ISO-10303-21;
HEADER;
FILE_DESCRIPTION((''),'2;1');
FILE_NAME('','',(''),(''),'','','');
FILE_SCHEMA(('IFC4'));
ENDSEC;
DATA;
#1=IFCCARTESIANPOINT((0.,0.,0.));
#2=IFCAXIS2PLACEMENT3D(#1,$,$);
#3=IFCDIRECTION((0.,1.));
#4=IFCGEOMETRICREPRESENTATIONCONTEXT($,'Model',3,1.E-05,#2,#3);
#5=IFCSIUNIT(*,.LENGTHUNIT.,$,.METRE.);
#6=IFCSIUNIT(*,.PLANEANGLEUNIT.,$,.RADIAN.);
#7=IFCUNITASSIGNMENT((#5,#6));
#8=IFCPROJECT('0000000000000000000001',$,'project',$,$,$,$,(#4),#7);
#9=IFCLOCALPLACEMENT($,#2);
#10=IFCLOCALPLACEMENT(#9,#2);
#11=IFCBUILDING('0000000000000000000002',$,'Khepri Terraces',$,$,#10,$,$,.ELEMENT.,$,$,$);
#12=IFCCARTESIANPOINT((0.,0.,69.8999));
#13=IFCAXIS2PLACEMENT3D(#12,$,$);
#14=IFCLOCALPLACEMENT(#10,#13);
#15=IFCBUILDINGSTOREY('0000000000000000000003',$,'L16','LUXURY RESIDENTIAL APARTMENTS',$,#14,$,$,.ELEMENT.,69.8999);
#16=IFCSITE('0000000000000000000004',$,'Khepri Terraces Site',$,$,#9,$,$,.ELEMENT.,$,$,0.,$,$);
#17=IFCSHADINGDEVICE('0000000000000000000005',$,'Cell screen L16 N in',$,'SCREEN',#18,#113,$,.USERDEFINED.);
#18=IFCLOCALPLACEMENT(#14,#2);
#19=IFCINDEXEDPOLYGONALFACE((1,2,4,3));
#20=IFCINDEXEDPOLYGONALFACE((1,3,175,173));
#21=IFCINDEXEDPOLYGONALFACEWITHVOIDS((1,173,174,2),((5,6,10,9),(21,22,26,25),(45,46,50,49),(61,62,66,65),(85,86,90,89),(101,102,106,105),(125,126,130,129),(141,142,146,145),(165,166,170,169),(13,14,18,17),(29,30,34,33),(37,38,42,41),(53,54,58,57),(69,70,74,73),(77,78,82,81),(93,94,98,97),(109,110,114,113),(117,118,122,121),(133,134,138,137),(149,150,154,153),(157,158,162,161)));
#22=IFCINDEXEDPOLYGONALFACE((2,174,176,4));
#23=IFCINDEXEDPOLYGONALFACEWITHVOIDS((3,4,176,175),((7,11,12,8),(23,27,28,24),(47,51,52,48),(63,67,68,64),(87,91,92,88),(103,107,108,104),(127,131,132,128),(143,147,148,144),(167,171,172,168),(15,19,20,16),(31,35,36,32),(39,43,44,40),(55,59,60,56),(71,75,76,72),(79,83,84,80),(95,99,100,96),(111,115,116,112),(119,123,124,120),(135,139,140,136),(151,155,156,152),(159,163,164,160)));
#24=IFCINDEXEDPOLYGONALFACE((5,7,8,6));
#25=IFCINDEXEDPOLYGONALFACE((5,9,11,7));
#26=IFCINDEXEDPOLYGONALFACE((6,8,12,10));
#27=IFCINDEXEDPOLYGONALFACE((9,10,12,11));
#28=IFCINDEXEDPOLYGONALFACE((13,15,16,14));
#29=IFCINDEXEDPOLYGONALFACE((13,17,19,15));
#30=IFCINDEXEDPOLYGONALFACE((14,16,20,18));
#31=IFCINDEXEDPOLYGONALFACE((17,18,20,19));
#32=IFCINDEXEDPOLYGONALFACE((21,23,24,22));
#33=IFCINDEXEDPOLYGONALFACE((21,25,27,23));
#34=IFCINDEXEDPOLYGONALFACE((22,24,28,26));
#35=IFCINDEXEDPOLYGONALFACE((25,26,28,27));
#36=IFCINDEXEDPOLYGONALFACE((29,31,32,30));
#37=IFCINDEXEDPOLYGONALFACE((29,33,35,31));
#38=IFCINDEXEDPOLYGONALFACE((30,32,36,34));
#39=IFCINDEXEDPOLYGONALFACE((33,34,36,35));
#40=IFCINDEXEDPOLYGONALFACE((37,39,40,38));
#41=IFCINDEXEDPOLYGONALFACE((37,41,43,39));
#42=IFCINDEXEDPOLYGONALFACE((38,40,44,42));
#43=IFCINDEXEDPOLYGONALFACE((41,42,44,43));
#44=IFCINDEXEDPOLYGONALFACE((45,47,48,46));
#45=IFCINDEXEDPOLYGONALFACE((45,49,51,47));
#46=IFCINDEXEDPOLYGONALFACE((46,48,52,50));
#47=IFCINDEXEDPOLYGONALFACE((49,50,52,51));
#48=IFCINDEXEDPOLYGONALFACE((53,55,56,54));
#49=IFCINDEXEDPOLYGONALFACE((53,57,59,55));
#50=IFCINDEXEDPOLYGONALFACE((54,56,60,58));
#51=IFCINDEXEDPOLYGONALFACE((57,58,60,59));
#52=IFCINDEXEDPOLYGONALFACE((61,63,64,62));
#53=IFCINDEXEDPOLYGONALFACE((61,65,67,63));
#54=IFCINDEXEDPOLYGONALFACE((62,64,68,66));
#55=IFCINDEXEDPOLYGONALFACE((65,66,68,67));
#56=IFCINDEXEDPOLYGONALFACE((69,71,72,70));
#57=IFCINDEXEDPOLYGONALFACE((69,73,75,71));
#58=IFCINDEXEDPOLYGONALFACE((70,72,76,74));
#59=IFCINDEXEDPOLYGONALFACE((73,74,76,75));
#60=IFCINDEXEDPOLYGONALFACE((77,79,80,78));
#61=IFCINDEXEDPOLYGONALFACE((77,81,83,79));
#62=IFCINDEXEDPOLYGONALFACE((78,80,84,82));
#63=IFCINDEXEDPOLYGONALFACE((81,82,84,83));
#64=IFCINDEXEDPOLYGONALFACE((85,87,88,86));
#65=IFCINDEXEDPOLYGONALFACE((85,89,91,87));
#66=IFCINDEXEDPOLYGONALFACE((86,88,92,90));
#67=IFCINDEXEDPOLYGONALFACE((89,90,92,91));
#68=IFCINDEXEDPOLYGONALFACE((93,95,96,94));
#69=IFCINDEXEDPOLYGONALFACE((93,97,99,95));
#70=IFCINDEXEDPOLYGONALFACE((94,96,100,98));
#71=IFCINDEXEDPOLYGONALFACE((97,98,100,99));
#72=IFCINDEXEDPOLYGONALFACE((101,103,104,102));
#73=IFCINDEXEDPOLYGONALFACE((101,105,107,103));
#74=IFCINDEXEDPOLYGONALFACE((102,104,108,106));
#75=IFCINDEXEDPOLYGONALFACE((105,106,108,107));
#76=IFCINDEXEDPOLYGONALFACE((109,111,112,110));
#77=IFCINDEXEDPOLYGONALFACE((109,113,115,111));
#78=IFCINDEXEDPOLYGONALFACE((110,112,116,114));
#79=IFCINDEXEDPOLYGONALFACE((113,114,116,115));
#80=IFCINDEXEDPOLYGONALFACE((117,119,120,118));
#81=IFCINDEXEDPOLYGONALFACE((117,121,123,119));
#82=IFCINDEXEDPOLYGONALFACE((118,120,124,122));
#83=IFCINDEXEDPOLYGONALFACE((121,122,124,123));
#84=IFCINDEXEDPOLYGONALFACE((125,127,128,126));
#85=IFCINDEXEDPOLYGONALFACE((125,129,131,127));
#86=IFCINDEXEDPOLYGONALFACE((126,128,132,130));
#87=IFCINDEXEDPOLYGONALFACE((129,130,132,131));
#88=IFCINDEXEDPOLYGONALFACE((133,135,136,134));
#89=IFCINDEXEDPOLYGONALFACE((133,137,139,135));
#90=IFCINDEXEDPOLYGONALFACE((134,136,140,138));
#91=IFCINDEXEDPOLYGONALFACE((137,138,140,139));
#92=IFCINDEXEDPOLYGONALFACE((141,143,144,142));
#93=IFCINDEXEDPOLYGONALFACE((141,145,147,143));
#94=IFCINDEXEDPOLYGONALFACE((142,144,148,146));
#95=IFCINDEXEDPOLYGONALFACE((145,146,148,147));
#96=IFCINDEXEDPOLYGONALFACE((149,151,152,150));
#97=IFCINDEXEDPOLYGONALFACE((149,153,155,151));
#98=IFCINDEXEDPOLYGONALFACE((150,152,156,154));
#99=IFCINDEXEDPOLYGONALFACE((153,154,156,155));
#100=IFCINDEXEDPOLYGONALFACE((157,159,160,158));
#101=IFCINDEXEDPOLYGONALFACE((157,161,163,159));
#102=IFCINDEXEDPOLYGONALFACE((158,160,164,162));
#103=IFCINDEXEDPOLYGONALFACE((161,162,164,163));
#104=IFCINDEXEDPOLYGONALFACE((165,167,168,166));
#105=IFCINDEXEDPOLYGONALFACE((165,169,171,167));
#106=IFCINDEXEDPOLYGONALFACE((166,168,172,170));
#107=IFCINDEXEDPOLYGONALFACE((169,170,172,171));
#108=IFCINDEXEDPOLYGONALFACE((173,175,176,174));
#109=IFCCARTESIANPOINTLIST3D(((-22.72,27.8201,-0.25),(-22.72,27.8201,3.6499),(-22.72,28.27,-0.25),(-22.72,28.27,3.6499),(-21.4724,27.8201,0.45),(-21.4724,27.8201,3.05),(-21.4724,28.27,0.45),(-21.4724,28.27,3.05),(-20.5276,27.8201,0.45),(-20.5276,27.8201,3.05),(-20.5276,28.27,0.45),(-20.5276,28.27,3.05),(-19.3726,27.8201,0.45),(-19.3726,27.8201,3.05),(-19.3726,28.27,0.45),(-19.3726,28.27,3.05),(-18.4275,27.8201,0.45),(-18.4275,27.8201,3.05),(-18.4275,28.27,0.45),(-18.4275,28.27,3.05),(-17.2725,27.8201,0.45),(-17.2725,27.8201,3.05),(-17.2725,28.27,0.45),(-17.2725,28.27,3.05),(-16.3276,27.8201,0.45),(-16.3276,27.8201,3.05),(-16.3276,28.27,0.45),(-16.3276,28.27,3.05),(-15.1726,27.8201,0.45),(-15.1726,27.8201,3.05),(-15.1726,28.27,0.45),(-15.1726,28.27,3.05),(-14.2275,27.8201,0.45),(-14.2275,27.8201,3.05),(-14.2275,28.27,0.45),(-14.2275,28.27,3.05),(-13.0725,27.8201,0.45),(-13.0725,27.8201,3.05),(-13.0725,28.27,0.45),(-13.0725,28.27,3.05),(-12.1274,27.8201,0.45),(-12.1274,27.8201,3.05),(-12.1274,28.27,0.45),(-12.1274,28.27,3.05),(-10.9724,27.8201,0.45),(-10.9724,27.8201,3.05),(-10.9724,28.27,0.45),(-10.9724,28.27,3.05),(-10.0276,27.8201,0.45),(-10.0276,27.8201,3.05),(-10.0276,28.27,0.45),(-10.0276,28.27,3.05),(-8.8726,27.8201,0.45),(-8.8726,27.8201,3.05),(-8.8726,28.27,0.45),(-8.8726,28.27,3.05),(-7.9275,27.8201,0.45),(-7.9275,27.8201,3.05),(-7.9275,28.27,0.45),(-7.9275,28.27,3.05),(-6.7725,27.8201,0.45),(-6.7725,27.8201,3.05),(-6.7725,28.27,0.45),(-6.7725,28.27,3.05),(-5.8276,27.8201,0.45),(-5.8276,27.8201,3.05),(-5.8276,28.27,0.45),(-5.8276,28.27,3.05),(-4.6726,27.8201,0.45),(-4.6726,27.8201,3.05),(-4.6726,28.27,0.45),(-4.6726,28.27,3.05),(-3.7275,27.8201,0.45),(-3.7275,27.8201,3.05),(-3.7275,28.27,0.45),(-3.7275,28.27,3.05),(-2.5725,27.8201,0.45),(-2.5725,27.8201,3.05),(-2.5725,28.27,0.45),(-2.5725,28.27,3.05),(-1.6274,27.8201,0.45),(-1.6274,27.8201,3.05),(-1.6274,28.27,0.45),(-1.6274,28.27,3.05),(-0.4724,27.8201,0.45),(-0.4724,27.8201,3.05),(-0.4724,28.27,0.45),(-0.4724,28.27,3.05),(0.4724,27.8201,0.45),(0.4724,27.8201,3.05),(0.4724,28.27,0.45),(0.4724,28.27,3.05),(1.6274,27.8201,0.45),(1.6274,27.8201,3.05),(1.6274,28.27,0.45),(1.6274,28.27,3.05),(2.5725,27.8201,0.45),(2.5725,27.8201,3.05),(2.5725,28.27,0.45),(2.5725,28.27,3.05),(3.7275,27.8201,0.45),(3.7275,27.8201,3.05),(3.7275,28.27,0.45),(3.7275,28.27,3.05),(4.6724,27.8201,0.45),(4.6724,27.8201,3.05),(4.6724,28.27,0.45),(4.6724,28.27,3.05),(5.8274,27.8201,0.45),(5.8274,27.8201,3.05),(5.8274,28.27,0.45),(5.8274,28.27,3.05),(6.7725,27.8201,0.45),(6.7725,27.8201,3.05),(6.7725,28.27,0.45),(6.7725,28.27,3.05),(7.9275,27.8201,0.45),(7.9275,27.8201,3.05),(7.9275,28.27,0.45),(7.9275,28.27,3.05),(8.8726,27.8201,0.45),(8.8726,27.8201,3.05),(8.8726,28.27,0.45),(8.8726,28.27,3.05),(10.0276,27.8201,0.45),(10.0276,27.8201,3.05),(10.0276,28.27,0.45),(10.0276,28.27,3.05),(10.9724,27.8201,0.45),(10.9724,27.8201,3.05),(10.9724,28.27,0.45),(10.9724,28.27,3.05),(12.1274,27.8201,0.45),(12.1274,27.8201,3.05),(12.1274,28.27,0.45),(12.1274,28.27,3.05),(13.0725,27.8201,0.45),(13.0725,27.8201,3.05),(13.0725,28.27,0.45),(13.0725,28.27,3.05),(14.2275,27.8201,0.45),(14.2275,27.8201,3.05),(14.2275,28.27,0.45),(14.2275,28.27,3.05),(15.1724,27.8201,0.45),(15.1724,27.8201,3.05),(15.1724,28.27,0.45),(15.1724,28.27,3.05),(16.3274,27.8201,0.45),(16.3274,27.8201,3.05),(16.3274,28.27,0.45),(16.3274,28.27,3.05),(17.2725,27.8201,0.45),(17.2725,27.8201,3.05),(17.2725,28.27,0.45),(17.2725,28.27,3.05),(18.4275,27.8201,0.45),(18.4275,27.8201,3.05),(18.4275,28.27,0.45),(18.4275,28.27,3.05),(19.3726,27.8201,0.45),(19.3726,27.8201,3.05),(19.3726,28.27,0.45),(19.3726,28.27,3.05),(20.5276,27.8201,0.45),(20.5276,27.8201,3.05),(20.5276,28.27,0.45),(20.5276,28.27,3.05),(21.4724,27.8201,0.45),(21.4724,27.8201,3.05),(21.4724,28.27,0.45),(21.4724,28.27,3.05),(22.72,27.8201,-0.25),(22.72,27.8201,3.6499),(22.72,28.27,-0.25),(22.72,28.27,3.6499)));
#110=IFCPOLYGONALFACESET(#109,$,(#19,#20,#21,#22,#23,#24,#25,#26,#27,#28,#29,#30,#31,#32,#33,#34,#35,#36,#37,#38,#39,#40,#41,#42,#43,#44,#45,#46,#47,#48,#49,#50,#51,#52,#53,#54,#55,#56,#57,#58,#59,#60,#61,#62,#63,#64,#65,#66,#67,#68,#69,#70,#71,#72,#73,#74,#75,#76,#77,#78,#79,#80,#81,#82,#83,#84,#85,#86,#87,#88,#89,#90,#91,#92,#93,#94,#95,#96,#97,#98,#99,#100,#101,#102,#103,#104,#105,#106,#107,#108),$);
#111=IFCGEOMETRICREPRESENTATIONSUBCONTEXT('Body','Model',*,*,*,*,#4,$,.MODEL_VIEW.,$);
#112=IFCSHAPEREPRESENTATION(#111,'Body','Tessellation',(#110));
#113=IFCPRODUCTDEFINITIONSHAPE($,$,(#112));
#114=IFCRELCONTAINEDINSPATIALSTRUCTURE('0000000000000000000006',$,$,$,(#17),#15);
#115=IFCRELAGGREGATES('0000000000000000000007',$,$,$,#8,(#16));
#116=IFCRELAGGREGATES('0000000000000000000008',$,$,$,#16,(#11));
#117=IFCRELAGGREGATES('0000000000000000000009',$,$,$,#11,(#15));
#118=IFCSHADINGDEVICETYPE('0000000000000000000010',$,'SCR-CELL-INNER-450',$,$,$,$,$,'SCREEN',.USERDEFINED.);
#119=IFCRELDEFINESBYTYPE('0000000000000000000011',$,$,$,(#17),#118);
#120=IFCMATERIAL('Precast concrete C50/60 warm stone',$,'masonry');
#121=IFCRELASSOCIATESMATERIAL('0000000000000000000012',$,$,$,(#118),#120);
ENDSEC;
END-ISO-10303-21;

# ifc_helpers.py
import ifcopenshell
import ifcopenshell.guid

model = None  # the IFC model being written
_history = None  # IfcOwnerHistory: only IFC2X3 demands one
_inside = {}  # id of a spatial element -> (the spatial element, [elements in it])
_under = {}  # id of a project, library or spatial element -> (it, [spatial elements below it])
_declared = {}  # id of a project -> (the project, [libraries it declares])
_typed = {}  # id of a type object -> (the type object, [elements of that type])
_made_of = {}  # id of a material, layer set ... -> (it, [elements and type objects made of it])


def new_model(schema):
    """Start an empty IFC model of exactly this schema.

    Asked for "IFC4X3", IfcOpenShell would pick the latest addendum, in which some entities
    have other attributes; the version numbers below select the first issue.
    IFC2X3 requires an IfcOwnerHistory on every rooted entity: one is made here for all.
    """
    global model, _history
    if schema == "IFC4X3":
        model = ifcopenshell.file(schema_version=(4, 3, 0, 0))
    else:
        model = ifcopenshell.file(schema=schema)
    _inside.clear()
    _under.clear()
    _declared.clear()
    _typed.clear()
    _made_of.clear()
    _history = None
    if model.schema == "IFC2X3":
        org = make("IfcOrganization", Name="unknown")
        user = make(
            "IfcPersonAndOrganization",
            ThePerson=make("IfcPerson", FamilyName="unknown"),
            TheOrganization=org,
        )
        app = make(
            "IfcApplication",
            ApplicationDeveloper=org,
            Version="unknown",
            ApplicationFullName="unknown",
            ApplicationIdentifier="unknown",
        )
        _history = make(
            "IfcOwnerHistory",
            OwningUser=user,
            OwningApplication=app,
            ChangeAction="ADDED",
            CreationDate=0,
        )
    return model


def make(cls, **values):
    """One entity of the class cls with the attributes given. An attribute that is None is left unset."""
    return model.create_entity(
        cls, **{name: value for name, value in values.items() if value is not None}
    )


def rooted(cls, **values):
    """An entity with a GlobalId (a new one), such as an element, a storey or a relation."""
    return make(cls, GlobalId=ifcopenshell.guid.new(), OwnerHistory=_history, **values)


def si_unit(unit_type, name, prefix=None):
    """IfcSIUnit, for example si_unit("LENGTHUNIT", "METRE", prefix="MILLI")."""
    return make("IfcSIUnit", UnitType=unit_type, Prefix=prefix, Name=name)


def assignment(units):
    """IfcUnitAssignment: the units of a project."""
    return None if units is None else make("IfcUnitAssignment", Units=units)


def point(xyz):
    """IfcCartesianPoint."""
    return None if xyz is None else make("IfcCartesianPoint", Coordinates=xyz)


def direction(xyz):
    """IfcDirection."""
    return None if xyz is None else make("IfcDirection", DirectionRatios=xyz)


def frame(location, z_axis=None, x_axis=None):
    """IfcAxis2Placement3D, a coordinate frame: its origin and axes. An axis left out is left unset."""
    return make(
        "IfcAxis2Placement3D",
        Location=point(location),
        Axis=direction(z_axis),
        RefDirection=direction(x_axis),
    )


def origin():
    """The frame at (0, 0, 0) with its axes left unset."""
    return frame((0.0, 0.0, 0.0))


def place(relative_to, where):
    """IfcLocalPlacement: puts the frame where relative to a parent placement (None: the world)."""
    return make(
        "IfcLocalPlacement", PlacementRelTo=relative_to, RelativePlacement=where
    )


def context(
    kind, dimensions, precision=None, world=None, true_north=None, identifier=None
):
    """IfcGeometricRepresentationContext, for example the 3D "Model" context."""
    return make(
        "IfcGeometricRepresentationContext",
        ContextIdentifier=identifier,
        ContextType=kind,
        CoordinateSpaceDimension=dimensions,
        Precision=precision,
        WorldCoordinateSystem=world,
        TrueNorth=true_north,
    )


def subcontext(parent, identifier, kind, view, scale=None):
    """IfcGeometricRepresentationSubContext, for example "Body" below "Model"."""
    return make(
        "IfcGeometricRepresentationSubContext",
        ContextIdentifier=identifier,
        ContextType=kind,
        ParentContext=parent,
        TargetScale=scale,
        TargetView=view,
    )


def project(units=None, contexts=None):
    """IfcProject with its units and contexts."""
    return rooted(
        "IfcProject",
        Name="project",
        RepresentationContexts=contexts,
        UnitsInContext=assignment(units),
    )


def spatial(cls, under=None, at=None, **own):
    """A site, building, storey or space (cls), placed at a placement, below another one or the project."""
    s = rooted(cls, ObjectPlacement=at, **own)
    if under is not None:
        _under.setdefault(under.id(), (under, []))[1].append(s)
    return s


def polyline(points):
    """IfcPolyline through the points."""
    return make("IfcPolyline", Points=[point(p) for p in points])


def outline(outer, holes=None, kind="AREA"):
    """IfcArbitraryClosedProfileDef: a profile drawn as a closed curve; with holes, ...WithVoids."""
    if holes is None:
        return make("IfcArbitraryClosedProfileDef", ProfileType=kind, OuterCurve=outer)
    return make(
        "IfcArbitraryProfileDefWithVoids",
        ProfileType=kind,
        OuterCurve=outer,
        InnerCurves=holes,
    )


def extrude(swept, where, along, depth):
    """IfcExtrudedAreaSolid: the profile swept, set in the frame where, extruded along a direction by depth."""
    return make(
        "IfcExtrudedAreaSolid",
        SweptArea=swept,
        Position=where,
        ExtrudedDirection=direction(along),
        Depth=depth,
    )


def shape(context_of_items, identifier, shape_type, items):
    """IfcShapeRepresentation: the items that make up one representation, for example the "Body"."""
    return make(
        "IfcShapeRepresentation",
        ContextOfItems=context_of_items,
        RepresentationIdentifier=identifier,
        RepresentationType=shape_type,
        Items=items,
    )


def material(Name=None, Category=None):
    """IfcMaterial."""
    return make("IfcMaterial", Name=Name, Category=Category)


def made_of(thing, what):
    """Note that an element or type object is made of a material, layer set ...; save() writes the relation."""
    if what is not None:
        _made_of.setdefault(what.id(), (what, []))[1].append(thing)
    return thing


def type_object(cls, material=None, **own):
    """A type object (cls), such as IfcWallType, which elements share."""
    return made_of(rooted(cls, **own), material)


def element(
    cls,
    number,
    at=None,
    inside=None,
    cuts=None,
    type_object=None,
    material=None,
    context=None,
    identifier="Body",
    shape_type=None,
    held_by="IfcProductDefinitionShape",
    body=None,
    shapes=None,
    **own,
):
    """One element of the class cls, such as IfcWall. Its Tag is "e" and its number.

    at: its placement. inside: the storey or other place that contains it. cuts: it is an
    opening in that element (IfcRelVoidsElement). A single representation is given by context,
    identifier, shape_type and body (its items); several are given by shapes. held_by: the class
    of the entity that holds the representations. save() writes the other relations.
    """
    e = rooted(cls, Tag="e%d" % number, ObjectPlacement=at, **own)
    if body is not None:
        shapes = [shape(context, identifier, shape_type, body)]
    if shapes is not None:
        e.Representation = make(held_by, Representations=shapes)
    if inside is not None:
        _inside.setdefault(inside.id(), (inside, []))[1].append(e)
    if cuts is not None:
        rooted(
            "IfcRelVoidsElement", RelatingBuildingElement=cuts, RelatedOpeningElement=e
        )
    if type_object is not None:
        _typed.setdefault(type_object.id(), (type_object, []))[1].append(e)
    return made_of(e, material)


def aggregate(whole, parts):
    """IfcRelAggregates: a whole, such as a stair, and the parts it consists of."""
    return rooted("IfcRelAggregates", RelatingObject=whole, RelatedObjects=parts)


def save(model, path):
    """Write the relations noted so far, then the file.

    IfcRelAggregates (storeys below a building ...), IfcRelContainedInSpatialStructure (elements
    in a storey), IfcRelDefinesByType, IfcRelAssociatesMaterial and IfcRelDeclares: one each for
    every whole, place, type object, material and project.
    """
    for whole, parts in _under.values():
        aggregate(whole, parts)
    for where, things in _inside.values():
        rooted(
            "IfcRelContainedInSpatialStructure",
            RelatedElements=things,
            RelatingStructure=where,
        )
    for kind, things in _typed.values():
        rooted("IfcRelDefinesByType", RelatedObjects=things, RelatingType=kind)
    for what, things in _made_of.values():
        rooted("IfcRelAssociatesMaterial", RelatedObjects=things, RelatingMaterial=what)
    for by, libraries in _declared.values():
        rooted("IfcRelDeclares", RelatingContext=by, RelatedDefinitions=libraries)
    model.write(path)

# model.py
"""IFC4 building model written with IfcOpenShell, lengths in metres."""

from ifc_helpers import new_model, si_unit, direction, frame, origin, place, context, subcontext, project, spatial, polyline, outline, extrude, material, type_object, element, save


model = new_model("IFC4")

# Units and contexts
model_context = context("Model", 3, precision=1e-05, world=origin(), true_north=direction((0.0, 1.0)))
body_context = subcontext(model_context, "Body", "Model", "MODEL_VIEW")
ifc_project = project(units=[si_unit("LENGTHUNIT", "METRE"), si_unit("PLANEANGLEUNIT", "RADIAN")], contexts=[model_context])

# Site, building, storey
site_placement = place(None, origin())
site = spatial("IfcSite", under=ifc_project, at=site_placement, Name="Khepri Terraces Site", CompositionType="ELEMENT", RefElevation=0.0)
building_placement = place(site_placement, origin())
building = spatial("IfcBuilding", under=site, at=building_placement, Name="Khepri Terraces", CompositionType="ELEMENT")
storey_placement = place(building_placement, frame((0.0, 0.0, 69.8999)))
storey = spatial("IfcBuildingStorey", under=building, at=storey_placement, Name="L16", Description="LUXURY RESIDENTIAL APARTMENTS", CompositionType="ELEMENT", Elevation=69.8999)

# Shared definitions
ifc_material_1 = material(Name="Precast concrete C50/60 warm stone", Category="masonry")

# Shading device
shading_device_type_1 = type_object("IfcShadingDeviceType", Name="SCR-CELL-INNER-450", ElementType="SCREEN", PredefinedType="USERDEFINED", material=ifc_material_1)
shading_device_1_placement = place(storey_placement, frame((22.72, 27.8201, -0.25), z_axis=(0.0, 1.0, 0.0), x_axis=(-1.0, 0.0, 0.0)))
element("IfcShadingDevice", 1, at=shading_device_1_placement, inside=storey, type_object=shading_device_type_1, Name="Cell screen L16 N in", ObjectType="SCREEN", PredefinedType="USERDEFINED", context=body_context, shape_type="SweptSolid", body=[
    extrude(outline(polyline([(0.0, 0.0), (45.4399, 0.0), (45.4399, 3.8999), (0.0, 3.8999), (0.0, 0.0)]), holes=[polyline([(1.2476, 0.7), (2.1924, 0.7), (2.1924, 3.3), (1.2476, 3.3), (1.2476, 0.7)]), polyline([(3.3474, 0.7), (4.2925, 0.7), (4.2925, 3.3), (3.3474, 3.3), (3.3474, 0.7)]), polyline([(5.4475, 0.7), (6.3926, 0.7), (6.3926, 3.3), (5.4475, 3.3), (5.4475, 0.7)]), polyline([(7.5476, 0.7), (8.4924, 0.7), (8.4924, 3.3), (7.5476, 3.3), (7.5476, 0.7)]), polyline([(9.6475, 0.7), (10.5925, 0.7), (10.5925, 3.3), (9.6475, 3.3), (9.6475, 0.7)]), polyline([(11.7476, 0.7), (12.6924, 0.7), (12.6924, 3.3), (11.7476, 3.3), (11.7476, 0.7)]), polyline([(13.8474, 0.7), (14.7925, 0.7), (14.7925, 3.3), (13.8474, 3.3), (13.8474, 0.7)]), polyline([(15.9475, 0.7), (16.8926, 0.7), (16.8926, 3.3), (15.9475, 3.3), (15.9475, 0.7)]), polyline([(18.0476, 0.7), (18.9924, 0.7), (18.9924, 3.3), (18.0476, 3.3), (18.0476, 0.7)]), polyline([(20.1475, 0.7), (21.0925, 0.7), (21.0925, 3.3), (20.1475, 3.3), (20.1475, 0.7)]), polyline([(22.2476, 0.7), (23.1924, 0.7), (23.1924, 3.3), (22.2476, 3.3), (22.2476, 0.7)]), polyline([(24.3474, 0.7), (25.2925, 0.7), (25.2925, 3.3), (24.3474, 3.3), (24.3474, 0.7)]), polyline([(26.4475, 0.7), (27.3926, 0.7), (27.3926, 3.3), (26.4475, 3.3), (26.4475, 0.7)]), polyline([(28.5476, 0.7), (29.4924, 0.7), (29.4924, 3.3), (28.5476, 3.3), (28.5476, 0.7)]), polyline([(30.6475, 0.7), (31.5925, 0.7), (31.5925, 3.3), (30.6475, 3.3), (30.6475, 0.7)]), polyline([(32.7476, 0.7), (33.6924, 0.7), (33.6924, 3.3), (32.7476, 3.3), (32.7476, 0.7)]), polyline([(34.8474, 0.7), (35.7925, 0.7), (35.7925, 3.3), (34.8474, 3.3), (34.8474, 0.7)]), polyline([(36.9475, 0.7), (37.8926, 0.7), (37.8926, 3.3), (36.9475, 3.3), (36.9475, 0.7)]), polyline([(39.0476, 0.7), (39.9924, 0.7), (39.9924, 3.3), (39.0476, 3.3), (39.0476, 0.7)]), polyline([(41.1475, 0.7), (42.0925, 0.7), (42.0925, 3.3), (41.1475, 3.3), (41.1475, 0.7)]), polyline([(43.2476, 0.7), (44.1924, 0.7), (44.1924, 3.3), (43.2476, 3.3), (43.2476, 0.7)])]), origin(), (0.0, 0.0, 1.0), 0.45),
])

save(model, "model.ifc")
